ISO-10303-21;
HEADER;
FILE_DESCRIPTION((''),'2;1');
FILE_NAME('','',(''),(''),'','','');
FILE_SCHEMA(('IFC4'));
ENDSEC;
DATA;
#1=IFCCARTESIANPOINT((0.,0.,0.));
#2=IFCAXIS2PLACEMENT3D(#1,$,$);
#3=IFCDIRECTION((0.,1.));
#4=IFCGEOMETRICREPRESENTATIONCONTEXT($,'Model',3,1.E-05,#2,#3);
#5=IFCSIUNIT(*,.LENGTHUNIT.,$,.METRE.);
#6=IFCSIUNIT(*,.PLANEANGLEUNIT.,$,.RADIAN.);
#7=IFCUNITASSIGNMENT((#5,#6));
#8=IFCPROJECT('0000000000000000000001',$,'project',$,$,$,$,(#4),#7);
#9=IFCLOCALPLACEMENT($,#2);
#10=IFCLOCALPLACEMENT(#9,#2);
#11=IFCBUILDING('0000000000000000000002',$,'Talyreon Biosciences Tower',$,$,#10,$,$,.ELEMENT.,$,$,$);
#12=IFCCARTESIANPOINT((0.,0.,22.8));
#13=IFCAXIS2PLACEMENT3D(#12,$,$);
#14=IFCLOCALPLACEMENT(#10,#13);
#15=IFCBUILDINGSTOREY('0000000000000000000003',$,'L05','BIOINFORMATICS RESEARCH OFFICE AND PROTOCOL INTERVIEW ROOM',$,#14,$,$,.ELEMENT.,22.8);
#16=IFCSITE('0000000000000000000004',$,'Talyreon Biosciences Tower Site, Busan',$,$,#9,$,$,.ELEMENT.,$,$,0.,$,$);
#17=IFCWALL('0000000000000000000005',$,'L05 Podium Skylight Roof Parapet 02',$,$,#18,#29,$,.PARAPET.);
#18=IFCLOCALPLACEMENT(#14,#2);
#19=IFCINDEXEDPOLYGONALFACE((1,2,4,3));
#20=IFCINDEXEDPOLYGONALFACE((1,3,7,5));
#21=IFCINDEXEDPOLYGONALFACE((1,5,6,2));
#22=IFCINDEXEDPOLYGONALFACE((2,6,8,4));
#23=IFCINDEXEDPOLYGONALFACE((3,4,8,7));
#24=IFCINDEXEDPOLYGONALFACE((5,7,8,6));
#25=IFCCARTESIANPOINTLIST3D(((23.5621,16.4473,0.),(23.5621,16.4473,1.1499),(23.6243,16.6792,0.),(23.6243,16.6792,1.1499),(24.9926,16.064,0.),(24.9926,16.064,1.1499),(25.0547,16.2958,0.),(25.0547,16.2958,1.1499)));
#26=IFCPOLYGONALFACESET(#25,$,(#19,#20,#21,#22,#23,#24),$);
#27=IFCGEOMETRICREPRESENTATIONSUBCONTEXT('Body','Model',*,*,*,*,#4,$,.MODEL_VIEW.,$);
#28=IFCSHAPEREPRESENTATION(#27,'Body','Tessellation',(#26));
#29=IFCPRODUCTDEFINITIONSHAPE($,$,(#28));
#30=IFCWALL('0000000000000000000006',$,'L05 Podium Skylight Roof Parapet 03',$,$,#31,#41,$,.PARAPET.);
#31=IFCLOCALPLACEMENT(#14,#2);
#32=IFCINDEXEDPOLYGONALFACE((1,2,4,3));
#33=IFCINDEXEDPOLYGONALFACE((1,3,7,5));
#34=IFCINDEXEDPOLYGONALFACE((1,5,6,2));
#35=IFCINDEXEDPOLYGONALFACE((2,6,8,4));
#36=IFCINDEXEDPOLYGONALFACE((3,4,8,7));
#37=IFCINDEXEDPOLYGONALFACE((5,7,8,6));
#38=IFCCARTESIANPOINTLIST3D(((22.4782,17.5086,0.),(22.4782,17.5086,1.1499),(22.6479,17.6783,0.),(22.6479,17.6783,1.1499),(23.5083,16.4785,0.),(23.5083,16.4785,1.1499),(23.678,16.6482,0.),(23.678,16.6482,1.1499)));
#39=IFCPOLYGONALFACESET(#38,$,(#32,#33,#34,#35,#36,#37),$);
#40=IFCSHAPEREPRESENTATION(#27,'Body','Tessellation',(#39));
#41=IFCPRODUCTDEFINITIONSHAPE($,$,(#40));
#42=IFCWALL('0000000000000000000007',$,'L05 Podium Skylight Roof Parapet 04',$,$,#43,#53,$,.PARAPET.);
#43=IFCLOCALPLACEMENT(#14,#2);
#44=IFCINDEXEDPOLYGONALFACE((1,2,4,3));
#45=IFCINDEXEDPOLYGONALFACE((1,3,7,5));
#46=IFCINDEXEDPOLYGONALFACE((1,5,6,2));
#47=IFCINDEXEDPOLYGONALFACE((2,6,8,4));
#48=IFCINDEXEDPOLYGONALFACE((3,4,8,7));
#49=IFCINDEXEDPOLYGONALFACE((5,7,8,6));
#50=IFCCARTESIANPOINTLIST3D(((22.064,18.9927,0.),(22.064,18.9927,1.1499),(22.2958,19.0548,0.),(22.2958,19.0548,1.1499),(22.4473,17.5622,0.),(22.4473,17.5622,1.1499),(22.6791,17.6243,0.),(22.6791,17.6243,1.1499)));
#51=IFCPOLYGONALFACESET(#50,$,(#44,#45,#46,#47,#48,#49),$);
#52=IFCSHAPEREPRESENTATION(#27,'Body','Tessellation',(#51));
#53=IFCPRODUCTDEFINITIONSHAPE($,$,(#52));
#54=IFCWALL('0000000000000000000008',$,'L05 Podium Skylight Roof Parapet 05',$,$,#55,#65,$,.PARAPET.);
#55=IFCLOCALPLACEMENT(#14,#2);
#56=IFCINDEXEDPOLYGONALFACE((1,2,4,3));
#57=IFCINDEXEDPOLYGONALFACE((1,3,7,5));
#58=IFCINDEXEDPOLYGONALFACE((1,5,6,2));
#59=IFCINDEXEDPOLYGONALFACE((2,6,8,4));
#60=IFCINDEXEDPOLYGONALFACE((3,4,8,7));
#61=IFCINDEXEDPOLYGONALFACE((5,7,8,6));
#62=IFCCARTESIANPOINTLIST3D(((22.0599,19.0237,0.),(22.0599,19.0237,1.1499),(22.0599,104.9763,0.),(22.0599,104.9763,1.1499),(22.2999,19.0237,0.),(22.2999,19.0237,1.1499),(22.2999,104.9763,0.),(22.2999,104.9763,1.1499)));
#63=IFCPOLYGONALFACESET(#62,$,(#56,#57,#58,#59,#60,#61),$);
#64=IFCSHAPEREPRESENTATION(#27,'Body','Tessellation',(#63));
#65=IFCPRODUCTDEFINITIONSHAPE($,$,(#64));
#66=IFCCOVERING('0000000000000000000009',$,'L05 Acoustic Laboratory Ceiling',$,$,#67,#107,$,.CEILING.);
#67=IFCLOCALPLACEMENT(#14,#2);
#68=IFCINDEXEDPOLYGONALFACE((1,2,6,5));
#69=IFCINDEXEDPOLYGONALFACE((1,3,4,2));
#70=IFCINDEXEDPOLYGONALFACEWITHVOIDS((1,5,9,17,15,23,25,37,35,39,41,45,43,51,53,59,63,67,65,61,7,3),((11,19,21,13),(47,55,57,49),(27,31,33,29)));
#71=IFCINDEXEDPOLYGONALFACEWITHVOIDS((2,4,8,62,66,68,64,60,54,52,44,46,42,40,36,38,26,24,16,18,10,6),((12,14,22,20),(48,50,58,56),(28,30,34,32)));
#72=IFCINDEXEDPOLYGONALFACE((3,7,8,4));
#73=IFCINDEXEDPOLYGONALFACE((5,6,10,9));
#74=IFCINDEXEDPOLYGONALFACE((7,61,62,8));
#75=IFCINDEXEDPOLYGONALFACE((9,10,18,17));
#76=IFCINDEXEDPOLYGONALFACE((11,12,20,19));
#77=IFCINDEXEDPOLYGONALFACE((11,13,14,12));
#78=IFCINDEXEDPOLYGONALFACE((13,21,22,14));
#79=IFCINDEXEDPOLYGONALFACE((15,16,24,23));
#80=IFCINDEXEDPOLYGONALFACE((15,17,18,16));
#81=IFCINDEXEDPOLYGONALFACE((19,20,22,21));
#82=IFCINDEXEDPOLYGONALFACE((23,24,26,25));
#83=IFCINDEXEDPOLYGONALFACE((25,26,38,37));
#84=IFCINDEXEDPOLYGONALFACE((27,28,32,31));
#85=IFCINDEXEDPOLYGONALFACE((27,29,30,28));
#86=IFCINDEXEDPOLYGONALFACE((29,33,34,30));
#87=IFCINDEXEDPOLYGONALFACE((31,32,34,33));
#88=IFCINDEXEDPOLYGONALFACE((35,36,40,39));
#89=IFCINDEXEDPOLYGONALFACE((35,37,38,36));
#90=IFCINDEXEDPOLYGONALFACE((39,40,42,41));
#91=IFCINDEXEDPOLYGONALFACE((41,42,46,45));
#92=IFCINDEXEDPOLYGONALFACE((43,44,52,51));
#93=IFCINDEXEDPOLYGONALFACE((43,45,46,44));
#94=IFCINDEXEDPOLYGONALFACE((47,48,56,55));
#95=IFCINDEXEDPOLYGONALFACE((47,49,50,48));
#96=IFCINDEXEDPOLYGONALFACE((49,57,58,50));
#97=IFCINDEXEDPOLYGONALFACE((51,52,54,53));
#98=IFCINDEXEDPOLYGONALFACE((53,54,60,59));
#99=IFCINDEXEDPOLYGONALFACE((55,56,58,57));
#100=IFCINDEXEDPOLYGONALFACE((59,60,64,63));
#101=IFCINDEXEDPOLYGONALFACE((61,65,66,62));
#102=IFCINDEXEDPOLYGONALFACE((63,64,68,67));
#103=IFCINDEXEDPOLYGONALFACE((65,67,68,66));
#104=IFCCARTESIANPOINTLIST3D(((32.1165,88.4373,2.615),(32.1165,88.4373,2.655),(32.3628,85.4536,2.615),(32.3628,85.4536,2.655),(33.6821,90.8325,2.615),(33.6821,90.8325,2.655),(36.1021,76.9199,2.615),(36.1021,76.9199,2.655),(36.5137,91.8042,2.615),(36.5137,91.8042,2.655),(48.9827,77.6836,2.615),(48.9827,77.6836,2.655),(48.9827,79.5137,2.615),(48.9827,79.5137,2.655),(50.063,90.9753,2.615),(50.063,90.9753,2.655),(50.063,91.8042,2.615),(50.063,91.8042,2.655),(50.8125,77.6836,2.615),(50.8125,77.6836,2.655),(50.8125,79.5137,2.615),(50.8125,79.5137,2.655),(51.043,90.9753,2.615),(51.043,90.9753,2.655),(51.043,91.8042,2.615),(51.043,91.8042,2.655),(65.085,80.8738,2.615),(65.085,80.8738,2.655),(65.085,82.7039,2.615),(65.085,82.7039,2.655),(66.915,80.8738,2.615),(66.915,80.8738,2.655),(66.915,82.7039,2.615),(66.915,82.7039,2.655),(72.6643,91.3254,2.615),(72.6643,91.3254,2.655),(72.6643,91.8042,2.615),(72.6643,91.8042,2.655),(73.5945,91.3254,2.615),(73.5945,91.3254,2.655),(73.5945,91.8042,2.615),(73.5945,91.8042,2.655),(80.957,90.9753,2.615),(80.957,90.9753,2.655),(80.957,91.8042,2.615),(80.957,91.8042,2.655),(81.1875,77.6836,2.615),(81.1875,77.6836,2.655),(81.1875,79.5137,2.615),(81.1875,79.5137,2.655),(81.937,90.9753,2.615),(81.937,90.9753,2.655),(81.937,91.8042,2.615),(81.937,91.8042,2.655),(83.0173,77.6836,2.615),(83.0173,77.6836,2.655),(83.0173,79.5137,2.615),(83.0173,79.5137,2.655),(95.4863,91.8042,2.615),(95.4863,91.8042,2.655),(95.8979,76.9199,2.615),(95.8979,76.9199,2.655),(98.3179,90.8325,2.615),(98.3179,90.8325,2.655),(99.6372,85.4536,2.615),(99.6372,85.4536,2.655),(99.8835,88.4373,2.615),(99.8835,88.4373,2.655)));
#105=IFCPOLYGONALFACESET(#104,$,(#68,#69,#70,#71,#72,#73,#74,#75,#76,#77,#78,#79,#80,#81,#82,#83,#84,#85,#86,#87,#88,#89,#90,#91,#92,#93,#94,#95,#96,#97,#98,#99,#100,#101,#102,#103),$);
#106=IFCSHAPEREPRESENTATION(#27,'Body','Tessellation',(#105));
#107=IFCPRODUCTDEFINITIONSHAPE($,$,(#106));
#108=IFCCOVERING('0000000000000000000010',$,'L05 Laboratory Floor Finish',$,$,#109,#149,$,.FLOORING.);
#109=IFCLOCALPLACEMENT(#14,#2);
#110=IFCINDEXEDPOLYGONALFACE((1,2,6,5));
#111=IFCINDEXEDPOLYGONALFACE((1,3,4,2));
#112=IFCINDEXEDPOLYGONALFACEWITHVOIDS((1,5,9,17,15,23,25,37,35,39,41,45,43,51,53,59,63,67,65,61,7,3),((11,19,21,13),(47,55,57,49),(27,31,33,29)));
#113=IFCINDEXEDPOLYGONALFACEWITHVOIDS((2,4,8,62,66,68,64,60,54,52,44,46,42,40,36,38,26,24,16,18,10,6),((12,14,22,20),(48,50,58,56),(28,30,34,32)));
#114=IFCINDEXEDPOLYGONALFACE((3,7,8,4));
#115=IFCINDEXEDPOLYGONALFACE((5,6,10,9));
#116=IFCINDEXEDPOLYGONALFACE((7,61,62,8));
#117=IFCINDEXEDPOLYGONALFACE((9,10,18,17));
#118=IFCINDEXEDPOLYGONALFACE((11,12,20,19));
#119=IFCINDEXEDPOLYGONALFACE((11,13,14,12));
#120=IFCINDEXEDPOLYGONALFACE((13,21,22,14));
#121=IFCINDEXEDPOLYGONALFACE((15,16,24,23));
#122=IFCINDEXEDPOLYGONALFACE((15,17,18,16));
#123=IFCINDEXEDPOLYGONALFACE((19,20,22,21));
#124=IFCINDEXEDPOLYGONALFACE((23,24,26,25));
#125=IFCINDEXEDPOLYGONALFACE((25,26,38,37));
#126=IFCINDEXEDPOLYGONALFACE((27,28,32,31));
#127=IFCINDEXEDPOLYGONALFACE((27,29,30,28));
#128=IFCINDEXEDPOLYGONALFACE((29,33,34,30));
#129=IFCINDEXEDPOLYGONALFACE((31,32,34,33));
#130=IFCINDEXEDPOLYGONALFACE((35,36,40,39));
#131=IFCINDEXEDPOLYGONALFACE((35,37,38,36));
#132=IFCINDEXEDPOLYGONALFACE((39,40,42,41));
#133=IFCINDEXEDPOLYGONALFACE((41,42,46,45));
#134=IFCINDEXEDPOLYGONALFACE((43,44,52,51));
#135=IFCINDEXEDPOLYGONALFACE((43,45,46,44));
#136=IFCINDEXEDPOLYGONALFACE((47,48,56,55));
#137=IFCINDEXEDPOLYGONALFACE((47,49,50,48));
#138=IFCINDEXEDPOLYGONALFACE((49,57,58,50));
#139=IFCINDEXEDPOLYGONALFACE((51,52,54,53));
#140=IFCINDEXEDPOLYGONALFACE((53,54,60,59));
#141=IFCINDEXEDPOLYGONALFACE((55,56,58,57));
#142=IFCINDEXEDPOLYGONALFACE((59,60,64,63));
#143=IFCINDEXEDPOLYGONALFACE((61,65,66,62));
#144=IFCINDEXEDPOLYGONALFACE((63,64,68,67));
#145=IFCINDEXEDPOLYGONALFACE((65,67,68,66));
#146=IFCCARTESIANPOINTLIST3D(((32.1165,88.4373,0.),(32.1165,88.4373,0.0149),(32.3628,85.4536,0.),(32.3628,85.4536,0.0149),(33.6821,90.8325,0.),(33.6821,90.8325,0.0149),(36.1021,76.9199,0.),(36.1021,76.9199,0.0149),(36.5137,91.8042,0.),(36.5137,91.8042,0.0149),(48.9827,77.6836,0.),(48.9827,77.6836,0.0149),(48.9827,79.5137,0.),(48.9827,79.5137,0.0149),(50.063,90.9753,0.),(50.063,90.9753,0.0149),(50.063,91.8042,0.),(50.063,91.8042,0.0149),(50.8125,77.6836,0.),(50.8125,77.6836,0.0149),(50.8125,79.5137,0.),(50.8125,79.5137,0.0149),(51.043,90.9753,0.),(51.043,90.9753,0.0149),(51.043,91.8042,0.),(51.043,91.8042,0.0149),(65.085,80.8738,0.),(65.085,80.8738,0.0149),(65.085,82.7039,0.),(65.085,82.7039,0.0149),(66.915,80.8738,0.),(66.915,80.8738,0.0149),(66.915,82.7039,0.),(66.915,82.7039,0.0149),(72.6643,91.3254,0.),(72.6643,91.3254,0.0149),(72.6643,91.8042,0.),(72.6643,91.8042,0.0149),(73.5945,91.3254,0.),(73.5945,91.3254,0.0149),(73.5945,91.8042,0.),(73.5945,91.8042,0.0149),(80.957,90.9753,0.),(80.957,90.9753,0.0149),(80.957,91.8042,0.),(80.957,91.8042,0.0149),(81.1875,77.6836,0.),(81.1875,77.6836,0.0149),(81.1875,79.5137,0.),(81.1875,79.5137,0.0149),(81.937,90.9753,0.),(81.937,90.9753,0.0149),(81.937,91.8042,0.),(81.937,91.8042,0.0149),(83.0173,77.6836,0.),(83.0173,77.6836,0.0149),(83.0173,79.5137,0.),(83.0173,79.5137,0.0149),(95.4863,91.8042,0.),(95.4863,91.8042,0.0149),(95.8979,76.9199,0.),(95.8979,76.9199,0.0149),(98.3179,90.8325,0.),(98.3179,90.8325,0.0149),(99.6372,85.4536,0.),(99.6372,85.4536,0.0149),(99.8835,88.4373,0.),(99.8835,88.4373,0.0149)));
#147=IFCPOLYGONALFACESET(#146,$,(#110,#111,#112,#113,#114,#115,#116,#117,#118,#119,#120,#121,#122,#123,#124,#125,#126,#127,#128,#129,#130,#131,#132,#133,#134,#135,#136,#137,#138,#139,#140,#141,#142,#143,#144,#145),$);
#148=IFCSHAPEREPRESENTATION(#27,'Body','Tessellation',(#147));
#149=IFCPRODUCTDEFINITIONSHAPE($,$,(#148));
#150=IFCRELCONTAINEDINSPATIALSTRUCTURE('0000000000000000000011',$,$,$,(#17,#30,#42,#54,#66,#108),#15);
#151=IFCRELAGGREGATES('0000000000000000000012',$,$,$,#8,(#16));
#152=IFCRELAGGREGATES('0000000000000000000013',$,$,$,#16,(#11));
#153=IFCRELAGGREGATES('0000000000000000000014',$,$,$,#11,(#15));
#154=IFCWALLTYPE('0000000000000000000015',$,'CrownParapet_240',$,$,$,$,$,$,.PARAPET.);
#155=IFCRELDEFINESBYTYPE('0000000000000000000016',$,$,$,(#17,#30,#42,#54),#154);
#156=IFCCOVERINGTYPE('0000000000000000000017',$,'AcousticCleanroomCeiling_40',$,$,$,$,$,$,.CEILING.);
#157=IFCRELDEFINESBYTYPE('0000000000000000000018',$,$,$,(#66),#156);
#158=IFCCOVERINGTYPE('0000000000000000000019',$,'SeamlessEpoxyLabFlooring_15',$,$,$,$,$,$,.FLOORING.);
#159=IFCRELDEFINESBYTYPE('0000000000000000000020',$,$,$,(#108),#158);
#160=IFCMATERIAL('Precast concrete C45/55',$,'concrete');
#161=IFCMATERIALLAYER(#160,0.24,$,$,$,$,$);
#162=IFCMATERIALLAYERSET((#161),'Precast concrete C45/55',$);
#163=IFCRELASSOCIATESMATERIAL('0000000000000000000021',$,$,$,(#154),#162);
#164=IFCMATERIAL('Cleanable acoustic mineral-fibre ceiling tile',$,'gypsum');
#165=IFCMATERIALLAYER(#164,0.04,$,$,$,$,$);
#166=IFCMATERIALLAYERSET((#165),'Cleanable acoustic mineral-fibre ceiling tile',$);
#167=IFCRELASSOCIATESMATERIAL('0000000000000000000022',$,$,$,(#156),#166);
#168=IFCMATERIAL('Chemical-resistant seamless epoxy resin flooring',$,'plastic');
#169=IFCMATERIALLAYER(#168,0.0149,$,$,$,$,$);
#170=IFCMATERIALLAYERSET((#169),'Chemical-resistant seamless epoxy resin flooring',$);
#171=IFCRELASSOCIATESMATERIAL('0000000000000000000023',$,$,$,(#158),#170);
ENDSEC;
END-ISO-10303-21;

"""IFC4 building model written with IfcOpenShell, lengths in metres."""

from ifc_helpers import new_model, si_unit, direction, frame, frame_2d, origin, place, context, subcontext, project, spatial, polyline, rectangle, outline, extrude, material, layer, layer_set, type_object, element, save


model = new_model("IFC4")

# Units and contexts
model_context = context("Model", 3, precision=1e-05, world=origin(), true_north=direction((0.0, 1.0)))
body_context = subcontext(model_context, "Body", "Model", "MODEL_VIEW")
ifc_project = project(units=[si_unit("LENGTHUNIT", "METRE"), si_unit("PLANEANGLEUNIT", "RADIAN")], contexts=[model_context])

# Site, building, storey
site_placement = place(None, origin())
site = spatial("IfcSite", under=ifc_project, at=site_placement, Name="Talyreon Biosciences Tower Site, Busan", CompositionType="ELEMENT", RefElevation=0.0)
building_placement = place(site_placement, origin())
building = spatial("IfcBuilding", under=site, at=building_placement, Name="Talyreon Biosciences Tower", CompositionType="ELEMENT")
storey_placement = place(building_placement, frame((0.0, 0.0, 22.8)))
storey = spatial("IfcBuildingStorey", under=building, at=storey_placement, Name="L05", Description="BIOINFORMATICS RESEARCH OFFICE AND PROTOCOL INTERVIEW ROOM", CompositionType="ELEMENT", Elevation=22.8)

# Walls
ifc_material_1 = material(Name="Precast concrete C45/55", Category="concrete")
ifc_layer_1 = layer(ifc_material_1, 0.24)
ifc_layer_set_1 = layer_set([ifc_layer_1], Name="Precast concrete C45/55")
wall_type_1 = type_object("IfcWallType", Name="CrownParapet_240", PredefinedType="PARAPET", material=ifc_layer_set_1)
wall_1_placement = place(storey_placement, frame((25.0237, 16.1799, 0.0), z_axis=(0.0, 0.0, 1.0), x_axis=(-0.965922, 0.258832, 0.0)))
element("IfcWall", 1, at=wall_1_placement, inside=storey, type_object=wall_type_1, Name="L05 Podium Skylight Roof Parapet 02", PredefinedType="PARAPET", context=body_context, shape_type="SweptSolid", body=[
    extrude(rectangle(XDim=1.481, YDim=0.24, at=frame_2d((0.7405, 0.0))), origin(), (0.0, 0.0, 1.0), 1.1499),
])
wall_2_placement = place(storey_placement, frame((23.5933, 16.5632, 0.0), z_axis=(0.0, 0.0, 1.0), x_axis=(-0.707107, 0.707107, 0.0)))
element("IfcWall", 2, at=wall_2_placement, inside=storey, type_object=wall_type_1, Name="L05 Podium Skylight Roof Parapet 03", PredefinedType="PARAPET", context=body_context, shape_type="SweptSolid", body=[
    extrude(rectangle(XDim=1.4568, YDim=0.24, at=frame_2d((0.7285, 0.0))), origin(), (0.0, 0.0, 1.0), 1.1499),
])
wall_3_placement = place(storey_placement, frame((22.5632, 17.5933, 0.0), z_axis=(0.0, 0.0, 1.0), x_axis=(-0.258832, 0.965922, 0.0)))
element("IfcWall", 3, at=wall_3_placement, inside=storey, type_object=wall_type_1, Name="L05 Podium Skylight Roof Parapet 04", PredefinedType="PARAPET", context=body_context, shape_type="SweptSolid", body=[
    extrude(rectangle(XDim=1.481, YDim=0.24, at=frame_2d((0.7405, 0.0))), origin(), (0.0, 0.0, 1.0), 1.1499),
])
wall_4_placement = place(storey_placement, frame((22.1799, 19.0237, 0.0), z_axis=(0.0, 0.0, 1.0), x_axis=(0.0, 1.0, 0.0)))
element("IfcWall", 4, at=wall_4_placement, inside=storey, type_object=wall_type_1, Name="L05 Podium Skylight Roof Parapet 05", PredefinedType="PARAPET", context=body_context, shape_type="SweptSolid", body=[
    extrude(rectangle(XDim=85.9526, YDim=0.24, at=frame_2d((42.9763, 0.0))), origin(), (0.0, 0.0, 1.0), 1.1499),
])

# Coverings
ifc_material_2 = material(Name="Cleanable acoustic mineral-fibre ceiling tile", Category="gypsum")
ifc_layer_2 = layer(ifc_material_2, 0.04)
ifc_layer_set_2 = layer_set([ifc_layer_2], Name="Cleanable acoustic mineral-fibre ceiling tile")
covering_type_1 = type_object("IfcCoveringType", Name="AcousticCleanroomCeiling_40", PredefinedType="CEILING", material=ifc_layer_set_2)
covering_1_placement = place(storey_placement, frame((0.0, 0.0, 2.615)))
element("IfcCovering", 5, at=covering_1_placement, inside=storey, type_object=covering_type_1, Name="L05 Acoustic Laboratory Ceiling", PredefinedType="CEILING", context=body_context, shape_type="SweptSolid", body=[
    extrude(outline(polyline([(32.1165, 88.4373), (33.6821, 90.8325), (36.5137, 91.8042), (50.063, 91.8042), (50.063, 90.9753), (51.043, 90.9753), (51.043, 91.8042), (72.6643, 91.8042), (72.6643, 91.3254), (73.5945, 91.3254), (73.5945, 91.8042), (80.957, 91.8042), (80.957, 90.9753), (81.937, 90.9753), (81.937, 91.8042), (95.4863, 91.8042), (98.3179, 90.8325), (99.8835, 88.4373), (99.6372, 85.4536), (95.8979, 76.9199), (36.1021, 76.9199), (32.3628, 85.4536), (32.1165, 88.4373)]), holes=[polyline([(48.9827, 77.6836), (50.8125, 77.6836), (50.8125, 79.5137), (48.9827, 79.5137), (48.9827, 77.6836)]), polyline([(81.1875, 77.6836), (83.0173, 77.6836), (83.0173, 79.5137), (81.1875, 79.5137), (81.1875, 77.6836)]), polyline([(66.915, 80.8738), (66.915, 82.7039), (65.085, 82.7039), (65.085, 80.8738), (66.915, 80.8738)])]), origin(), (0.0, 0.0, 1.0), 0.04),
])
ifc_material_3 = material(Name="Chemical-resistant seamless epoxy resin flooring", Category="plastic")
ifc_layer_3 = layer(ifc_material_3, 0.0149)
ifc_layer_set_3 = layer_set([ifc_layer_3], Name="Chemical-resistant seamless epoxy resin flooring")
covering_type_2 = type_object("IfcCoveringType", Name="SeamlessEpoxyLabFlooring_15", PredefinedType="FLOORING", material=ifc_layer_set_3)
covering_2_placement = place(storey_placement, origin())
element("IfcCovering", 6, at=covering_2_placement, inside=storey, type_object=covering_type_2, Name="L05 Laboratory Floor Finish", PredefinedType="FLOORING", context=body_context, shape_type="SweptSolid", body=[
    extrude(outline(polyline([(32.1165, 88.4373), (33.6821, 90.8325), (36.5137, 91.8042), (50.063, 91.8042), (50.063, 90.9753), (51.043, 90.9753), (51.043, 91.8042), (72.6643, 91.8042), (72.6643, 91.3254), (73.5945, 91.3254), (73.5945, 91.8042), (80.957, 91.8042), (80.957, 90.9753), (81.937, 90.9753), (81.937, 91.8042), (95.4863, 91.8042), (98.3179, 90.8325), (99.8835, 88.4373), (99.6372, 85.4536), (95.8979, 76.9199), (36.1021, 76.9199), (32.3628, 85.4536), (32.1165, 88.4373)]), holes=[polyline([(48.9827, 77.6836), (50.8125, 77.6836), (50.8125, 79.5137), (48.9827, 79.5137), (48.9827, 77.6836)]), polyline([(81.1875, 77.6836), (83.0173, 77.6836), (83.0173, 79.5137), (81.1875, 79.5137), (81.1875, 77.6836)]), polyline([(66.915, 80.8738), (66.915, 82.7039), (65.085, 82.7039), (65.085, 80.8738), (66.915, 80.8738)])]), origin(), (0.0, 0.0, 1.0), 0.0149),
])

save(model, "model.ifc")
